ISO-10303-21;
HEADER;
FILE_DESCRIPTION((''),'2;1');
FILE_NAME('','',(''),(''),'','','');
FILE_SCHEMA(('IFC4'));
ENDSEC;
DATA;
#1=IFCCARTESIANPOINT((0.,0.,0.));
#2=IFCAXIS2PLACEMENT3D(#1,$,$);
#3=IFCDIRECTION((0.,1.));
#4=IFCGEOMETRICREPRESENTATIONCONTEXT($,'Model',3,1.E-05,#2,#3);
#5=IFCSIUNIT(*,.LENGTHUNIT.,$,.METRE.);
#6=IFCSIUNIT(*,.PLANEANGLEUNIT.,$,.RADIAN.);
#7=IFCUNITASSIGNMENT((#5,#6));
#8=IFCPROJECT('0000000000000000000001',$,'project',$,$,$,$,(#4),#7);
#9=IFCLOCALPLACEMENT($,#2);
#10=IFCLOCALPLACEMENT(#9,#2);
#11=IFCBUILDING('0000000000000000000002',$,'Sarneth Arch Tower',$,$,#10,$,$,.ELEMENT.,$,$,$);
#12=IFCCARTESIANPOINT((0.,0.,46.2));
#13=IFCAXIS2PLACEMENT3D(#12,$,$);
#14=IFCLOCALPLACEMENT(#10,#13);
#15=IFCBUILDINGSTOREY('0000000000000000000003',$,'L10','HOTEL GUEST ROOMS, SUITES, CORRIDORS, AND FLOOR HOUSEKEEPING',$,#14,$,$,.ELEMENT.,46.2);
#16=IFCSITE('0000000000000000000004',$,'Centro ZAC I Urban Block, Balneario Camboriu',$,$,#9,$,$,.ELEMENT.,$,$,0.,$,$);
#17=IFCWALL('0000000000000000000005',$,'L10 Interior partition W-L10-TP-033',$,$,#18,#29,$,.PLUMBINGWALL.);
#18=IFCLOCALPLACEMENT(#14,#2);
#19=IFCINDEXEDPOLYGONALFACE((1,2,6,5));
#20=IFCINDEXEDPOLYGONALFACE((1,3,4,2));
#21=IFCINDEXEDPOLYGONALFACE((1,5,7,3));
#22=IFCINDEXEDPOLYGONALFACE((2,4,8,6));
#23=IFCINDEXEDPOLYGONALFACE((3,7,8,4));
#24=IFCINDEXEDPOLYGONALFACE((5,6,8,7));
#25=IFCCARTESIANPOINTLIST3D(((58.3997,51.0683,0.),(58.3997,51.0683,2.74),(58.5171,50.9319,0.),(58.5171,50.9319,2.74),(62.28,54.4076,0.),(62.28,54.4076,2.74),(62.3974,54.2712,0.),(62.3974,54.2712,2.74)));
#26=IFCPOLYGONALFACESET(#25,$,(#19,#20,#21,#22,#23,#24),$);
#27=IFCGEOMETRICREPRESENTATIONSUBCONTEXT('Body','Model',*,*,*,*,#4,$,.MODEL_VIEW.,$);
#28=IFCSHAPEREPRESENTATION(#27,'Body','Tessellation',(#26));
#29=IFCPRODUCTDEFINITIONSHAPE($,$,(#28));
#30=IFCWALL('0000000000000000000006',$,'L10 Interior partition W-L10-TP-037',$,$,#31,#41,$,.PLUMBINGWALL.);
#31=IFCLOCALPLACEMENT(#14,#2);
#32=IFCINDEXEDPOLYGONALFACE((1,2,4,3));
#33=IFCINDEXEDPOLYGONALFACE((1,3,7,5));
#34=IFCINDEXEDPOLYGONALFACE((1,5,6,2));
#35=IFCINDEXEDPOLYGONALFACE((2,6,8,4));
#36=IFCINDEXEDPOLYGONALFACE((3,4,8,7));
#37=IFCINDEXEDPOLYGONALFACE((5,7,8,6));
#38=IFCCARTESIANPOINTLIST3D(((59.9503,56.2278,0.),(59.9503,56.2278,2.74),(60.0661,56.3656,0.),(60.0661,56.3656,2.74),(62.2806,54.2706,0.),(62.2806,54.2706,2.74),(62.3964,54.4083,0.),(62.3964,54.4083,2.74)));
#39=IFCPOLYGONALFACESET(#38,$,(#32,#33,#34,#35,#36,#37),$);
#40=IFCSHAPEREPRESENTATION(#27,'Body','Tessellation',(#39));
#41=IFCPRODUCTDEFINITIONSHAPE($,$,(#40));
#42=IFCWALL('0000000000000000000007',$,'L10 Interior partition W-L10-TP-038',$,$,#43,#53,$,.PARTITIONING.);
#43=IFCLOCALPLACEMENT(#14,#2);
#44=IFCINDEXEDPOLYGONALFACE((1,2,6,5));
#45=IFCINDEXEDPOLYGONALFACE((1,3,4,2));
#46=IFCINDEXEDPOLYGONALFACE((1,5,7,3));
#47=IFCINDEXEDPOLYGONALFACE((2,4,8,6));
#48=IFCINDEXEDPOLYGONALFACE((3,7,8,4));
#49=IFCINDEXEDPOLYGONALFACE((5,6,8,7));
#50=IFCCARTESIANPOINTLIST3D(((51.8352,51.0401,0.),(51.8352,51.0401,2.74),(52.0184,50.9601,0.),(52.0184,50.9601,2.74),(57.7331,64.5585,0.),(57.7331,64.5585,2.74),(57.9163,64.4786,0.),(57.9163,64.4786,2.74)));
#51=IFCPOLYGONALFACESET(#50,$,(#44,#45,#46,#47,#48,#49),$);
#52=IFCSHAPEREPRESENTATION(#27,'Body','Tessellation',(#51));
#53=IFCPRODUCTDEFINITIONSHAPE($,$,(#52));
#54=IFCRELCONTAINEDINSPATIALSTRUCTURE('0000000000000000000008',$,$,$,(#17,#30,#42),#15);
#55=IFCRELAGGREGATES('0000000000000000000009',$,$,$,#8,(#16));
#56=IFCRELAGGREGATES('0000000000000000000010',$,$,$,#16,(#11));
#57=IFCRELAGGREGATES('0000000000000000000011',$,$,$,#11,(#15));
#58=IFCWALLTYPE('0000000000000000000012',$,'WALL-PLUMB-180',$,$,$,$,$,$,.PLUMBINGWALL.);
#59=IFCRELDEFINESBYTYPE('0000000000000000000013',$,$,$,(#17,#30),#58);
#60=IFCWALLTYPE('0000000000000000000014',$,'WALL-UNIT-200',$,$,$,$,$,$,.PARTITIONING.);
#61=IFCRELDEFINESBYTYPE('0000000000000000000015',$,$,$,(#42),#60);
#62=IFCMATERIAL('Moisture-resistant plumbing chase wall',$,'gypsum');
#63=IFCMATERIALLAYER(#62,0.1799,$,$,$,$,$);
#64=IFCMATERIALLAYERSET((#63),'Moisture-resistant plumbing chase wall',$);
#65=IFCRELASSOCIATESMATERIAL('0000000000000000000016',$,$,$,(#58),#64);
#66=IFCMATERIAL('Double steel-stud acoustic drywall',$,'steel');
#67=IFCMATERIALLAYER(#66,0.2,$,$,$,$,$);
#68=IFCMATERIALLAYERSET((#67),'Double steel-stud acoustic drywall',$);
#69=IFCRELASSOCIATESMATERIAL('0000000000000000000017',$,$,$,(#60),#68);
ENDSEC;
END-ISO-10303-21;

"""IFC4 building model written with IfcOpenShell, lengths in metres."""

from ifc_helpers import new_model, si_unit, direction, frame, frame_2d, origin, place, context, subcontext, project, spatial, rectangle, extrude, material, layer, layer_set, type_object, element, save


model = new_model("IFC4")

# Units and contexts
model_context = context("Model", 3, precision=1e-05, world=origin(), true_north=direction((0.0, 1.0)))
body_context = subcontext(model_context, "Body", "Model", "MODEL_VIEW")
ifc_project = project(units=[si_unit("LENGTHUNIT", "METRE"), si_unit("PLANEANGLEUNIT", "RADIAN")], contexts=[model_context])

# Site, building, storey
site_placement = place(None, origin())
site = spatial("IfcSite", under=ifc_project, at=site_placement, Name="Centro ZAC I Urban Block, Balneario Camboriu", CompositionType="ELEMENT", RefElevation=0.0)
building_placement = place(site_placement, origin())
building = spatial("IfcBuilding", under=site, at=building_placement, Name="Sarneth Arch Tower", CompositionType="ELEMENT")
storey_placement = place(building_placement, frame((0.0, 0.0, 46.2)))
storey = spatial("IfcBuildingStorey", under=building, at=storey_placement, Name="L10", Description="HOTEL GUEST ROOMS, SUITES, CORRIDORS, AND FLOOR HOUSEKEEPING", CompositionType="ELEMENT", Elevation=46.2)

# Shared definitions
ifc_material_1 = material(Name="Moisture-resistant plumbing chase wall", Category="gypsum")
ifc_layer_1 = layer(ifc_material_1, 0.1799)
ifc_layer_set_1 = layer_set([ifc_layer_1], Name="Moisture-resistant plumbing chase wall")
wall_type_1 = type_object("IfcWallType", Name="WALL-PLUMB-180", PredefinedType="PLUMBINGWALL", material=ifc_layer_set_1)

# Walls
wall_1_placement = place(storey_placement, frame((62.3386, 54.3394, 0.0), z_axis=(0.0, 0.0, 1.0), x_axis=(-0.757969, -0.65229, 0.0)))
element("IfcWall", 1, at=wall_1_placement, inside=storey, type_object=wall_type_1, Name="L10 Interior partition W-L10-TP-033", PredefinedType="PLUMBINGWALL", context=body_context, shape_type="SweptSolid", body=[
    extrude(rectangle(XDim=5.1194, YDim=0.1799, at=frame_2d((2.5596, 0.0))), origin(), (0.0, 0.0, 1.0), 2.74),
])
wall_2_placement = place(storey_placement, frame((60.0083, 56.2966, 0.0), z_axis=(0.0, 0.0, 1.0), x_axis=(0.765736, -0.643154, 0.0)))
element("IfcWall", 2, at=wall_2_placement, inside=storey, type_object=wall_type_1, Name="L10 Interior partition W-L10-TP-037", PredefinedType="PLUMBINGWALL", context=body_context, shape_type="SweptSolid", body=[
    extrude(rectangle(XDim=3.0432, YDim=0.1799, at=frame_2d((1.5215, 0.0))), origin(), (0.0, 0.0, 1.0), 2.74),
])
ifc_material_2 = material(Name="Double steel-stud acoustic drywall", Category="steel")
ifc_layer_2 = layer(ifc_material_2, 0.2)
ifc_layer_set_2 = layer_set([ifc_layer_2], Name="Double steel-stud acoustic drywall")
wall_type_2 = type_object("IfcWallType", Name="WALL-UNIT-200", PredefinedType="PARTITIONING", material=ifc_layer_set_2)
wall_3_placement = place(storey_placement, frame((57.8247, 64.5186, 0.0), z_axis=(0.0, 0.0, 1.0), x_axis=(-0.399884, -0.916566, 0.0)))
element("IfcWall", 3, at=wall_3_placement, inside=storey, type_object=wall_type_2, Name="L10 Interior partition W-L10-TP-038", PredefinedType="PARTITIONING", context=body_context, shape_type="SweptSolid", body=[
    extrude(rectangle(XDim=14.749, YDim=0.2, at=frame_2d((7.3745, 0.0))), origin(), (0.0, 0.0, 1.0), 2.74),
])

save(model, "model.ifc")
